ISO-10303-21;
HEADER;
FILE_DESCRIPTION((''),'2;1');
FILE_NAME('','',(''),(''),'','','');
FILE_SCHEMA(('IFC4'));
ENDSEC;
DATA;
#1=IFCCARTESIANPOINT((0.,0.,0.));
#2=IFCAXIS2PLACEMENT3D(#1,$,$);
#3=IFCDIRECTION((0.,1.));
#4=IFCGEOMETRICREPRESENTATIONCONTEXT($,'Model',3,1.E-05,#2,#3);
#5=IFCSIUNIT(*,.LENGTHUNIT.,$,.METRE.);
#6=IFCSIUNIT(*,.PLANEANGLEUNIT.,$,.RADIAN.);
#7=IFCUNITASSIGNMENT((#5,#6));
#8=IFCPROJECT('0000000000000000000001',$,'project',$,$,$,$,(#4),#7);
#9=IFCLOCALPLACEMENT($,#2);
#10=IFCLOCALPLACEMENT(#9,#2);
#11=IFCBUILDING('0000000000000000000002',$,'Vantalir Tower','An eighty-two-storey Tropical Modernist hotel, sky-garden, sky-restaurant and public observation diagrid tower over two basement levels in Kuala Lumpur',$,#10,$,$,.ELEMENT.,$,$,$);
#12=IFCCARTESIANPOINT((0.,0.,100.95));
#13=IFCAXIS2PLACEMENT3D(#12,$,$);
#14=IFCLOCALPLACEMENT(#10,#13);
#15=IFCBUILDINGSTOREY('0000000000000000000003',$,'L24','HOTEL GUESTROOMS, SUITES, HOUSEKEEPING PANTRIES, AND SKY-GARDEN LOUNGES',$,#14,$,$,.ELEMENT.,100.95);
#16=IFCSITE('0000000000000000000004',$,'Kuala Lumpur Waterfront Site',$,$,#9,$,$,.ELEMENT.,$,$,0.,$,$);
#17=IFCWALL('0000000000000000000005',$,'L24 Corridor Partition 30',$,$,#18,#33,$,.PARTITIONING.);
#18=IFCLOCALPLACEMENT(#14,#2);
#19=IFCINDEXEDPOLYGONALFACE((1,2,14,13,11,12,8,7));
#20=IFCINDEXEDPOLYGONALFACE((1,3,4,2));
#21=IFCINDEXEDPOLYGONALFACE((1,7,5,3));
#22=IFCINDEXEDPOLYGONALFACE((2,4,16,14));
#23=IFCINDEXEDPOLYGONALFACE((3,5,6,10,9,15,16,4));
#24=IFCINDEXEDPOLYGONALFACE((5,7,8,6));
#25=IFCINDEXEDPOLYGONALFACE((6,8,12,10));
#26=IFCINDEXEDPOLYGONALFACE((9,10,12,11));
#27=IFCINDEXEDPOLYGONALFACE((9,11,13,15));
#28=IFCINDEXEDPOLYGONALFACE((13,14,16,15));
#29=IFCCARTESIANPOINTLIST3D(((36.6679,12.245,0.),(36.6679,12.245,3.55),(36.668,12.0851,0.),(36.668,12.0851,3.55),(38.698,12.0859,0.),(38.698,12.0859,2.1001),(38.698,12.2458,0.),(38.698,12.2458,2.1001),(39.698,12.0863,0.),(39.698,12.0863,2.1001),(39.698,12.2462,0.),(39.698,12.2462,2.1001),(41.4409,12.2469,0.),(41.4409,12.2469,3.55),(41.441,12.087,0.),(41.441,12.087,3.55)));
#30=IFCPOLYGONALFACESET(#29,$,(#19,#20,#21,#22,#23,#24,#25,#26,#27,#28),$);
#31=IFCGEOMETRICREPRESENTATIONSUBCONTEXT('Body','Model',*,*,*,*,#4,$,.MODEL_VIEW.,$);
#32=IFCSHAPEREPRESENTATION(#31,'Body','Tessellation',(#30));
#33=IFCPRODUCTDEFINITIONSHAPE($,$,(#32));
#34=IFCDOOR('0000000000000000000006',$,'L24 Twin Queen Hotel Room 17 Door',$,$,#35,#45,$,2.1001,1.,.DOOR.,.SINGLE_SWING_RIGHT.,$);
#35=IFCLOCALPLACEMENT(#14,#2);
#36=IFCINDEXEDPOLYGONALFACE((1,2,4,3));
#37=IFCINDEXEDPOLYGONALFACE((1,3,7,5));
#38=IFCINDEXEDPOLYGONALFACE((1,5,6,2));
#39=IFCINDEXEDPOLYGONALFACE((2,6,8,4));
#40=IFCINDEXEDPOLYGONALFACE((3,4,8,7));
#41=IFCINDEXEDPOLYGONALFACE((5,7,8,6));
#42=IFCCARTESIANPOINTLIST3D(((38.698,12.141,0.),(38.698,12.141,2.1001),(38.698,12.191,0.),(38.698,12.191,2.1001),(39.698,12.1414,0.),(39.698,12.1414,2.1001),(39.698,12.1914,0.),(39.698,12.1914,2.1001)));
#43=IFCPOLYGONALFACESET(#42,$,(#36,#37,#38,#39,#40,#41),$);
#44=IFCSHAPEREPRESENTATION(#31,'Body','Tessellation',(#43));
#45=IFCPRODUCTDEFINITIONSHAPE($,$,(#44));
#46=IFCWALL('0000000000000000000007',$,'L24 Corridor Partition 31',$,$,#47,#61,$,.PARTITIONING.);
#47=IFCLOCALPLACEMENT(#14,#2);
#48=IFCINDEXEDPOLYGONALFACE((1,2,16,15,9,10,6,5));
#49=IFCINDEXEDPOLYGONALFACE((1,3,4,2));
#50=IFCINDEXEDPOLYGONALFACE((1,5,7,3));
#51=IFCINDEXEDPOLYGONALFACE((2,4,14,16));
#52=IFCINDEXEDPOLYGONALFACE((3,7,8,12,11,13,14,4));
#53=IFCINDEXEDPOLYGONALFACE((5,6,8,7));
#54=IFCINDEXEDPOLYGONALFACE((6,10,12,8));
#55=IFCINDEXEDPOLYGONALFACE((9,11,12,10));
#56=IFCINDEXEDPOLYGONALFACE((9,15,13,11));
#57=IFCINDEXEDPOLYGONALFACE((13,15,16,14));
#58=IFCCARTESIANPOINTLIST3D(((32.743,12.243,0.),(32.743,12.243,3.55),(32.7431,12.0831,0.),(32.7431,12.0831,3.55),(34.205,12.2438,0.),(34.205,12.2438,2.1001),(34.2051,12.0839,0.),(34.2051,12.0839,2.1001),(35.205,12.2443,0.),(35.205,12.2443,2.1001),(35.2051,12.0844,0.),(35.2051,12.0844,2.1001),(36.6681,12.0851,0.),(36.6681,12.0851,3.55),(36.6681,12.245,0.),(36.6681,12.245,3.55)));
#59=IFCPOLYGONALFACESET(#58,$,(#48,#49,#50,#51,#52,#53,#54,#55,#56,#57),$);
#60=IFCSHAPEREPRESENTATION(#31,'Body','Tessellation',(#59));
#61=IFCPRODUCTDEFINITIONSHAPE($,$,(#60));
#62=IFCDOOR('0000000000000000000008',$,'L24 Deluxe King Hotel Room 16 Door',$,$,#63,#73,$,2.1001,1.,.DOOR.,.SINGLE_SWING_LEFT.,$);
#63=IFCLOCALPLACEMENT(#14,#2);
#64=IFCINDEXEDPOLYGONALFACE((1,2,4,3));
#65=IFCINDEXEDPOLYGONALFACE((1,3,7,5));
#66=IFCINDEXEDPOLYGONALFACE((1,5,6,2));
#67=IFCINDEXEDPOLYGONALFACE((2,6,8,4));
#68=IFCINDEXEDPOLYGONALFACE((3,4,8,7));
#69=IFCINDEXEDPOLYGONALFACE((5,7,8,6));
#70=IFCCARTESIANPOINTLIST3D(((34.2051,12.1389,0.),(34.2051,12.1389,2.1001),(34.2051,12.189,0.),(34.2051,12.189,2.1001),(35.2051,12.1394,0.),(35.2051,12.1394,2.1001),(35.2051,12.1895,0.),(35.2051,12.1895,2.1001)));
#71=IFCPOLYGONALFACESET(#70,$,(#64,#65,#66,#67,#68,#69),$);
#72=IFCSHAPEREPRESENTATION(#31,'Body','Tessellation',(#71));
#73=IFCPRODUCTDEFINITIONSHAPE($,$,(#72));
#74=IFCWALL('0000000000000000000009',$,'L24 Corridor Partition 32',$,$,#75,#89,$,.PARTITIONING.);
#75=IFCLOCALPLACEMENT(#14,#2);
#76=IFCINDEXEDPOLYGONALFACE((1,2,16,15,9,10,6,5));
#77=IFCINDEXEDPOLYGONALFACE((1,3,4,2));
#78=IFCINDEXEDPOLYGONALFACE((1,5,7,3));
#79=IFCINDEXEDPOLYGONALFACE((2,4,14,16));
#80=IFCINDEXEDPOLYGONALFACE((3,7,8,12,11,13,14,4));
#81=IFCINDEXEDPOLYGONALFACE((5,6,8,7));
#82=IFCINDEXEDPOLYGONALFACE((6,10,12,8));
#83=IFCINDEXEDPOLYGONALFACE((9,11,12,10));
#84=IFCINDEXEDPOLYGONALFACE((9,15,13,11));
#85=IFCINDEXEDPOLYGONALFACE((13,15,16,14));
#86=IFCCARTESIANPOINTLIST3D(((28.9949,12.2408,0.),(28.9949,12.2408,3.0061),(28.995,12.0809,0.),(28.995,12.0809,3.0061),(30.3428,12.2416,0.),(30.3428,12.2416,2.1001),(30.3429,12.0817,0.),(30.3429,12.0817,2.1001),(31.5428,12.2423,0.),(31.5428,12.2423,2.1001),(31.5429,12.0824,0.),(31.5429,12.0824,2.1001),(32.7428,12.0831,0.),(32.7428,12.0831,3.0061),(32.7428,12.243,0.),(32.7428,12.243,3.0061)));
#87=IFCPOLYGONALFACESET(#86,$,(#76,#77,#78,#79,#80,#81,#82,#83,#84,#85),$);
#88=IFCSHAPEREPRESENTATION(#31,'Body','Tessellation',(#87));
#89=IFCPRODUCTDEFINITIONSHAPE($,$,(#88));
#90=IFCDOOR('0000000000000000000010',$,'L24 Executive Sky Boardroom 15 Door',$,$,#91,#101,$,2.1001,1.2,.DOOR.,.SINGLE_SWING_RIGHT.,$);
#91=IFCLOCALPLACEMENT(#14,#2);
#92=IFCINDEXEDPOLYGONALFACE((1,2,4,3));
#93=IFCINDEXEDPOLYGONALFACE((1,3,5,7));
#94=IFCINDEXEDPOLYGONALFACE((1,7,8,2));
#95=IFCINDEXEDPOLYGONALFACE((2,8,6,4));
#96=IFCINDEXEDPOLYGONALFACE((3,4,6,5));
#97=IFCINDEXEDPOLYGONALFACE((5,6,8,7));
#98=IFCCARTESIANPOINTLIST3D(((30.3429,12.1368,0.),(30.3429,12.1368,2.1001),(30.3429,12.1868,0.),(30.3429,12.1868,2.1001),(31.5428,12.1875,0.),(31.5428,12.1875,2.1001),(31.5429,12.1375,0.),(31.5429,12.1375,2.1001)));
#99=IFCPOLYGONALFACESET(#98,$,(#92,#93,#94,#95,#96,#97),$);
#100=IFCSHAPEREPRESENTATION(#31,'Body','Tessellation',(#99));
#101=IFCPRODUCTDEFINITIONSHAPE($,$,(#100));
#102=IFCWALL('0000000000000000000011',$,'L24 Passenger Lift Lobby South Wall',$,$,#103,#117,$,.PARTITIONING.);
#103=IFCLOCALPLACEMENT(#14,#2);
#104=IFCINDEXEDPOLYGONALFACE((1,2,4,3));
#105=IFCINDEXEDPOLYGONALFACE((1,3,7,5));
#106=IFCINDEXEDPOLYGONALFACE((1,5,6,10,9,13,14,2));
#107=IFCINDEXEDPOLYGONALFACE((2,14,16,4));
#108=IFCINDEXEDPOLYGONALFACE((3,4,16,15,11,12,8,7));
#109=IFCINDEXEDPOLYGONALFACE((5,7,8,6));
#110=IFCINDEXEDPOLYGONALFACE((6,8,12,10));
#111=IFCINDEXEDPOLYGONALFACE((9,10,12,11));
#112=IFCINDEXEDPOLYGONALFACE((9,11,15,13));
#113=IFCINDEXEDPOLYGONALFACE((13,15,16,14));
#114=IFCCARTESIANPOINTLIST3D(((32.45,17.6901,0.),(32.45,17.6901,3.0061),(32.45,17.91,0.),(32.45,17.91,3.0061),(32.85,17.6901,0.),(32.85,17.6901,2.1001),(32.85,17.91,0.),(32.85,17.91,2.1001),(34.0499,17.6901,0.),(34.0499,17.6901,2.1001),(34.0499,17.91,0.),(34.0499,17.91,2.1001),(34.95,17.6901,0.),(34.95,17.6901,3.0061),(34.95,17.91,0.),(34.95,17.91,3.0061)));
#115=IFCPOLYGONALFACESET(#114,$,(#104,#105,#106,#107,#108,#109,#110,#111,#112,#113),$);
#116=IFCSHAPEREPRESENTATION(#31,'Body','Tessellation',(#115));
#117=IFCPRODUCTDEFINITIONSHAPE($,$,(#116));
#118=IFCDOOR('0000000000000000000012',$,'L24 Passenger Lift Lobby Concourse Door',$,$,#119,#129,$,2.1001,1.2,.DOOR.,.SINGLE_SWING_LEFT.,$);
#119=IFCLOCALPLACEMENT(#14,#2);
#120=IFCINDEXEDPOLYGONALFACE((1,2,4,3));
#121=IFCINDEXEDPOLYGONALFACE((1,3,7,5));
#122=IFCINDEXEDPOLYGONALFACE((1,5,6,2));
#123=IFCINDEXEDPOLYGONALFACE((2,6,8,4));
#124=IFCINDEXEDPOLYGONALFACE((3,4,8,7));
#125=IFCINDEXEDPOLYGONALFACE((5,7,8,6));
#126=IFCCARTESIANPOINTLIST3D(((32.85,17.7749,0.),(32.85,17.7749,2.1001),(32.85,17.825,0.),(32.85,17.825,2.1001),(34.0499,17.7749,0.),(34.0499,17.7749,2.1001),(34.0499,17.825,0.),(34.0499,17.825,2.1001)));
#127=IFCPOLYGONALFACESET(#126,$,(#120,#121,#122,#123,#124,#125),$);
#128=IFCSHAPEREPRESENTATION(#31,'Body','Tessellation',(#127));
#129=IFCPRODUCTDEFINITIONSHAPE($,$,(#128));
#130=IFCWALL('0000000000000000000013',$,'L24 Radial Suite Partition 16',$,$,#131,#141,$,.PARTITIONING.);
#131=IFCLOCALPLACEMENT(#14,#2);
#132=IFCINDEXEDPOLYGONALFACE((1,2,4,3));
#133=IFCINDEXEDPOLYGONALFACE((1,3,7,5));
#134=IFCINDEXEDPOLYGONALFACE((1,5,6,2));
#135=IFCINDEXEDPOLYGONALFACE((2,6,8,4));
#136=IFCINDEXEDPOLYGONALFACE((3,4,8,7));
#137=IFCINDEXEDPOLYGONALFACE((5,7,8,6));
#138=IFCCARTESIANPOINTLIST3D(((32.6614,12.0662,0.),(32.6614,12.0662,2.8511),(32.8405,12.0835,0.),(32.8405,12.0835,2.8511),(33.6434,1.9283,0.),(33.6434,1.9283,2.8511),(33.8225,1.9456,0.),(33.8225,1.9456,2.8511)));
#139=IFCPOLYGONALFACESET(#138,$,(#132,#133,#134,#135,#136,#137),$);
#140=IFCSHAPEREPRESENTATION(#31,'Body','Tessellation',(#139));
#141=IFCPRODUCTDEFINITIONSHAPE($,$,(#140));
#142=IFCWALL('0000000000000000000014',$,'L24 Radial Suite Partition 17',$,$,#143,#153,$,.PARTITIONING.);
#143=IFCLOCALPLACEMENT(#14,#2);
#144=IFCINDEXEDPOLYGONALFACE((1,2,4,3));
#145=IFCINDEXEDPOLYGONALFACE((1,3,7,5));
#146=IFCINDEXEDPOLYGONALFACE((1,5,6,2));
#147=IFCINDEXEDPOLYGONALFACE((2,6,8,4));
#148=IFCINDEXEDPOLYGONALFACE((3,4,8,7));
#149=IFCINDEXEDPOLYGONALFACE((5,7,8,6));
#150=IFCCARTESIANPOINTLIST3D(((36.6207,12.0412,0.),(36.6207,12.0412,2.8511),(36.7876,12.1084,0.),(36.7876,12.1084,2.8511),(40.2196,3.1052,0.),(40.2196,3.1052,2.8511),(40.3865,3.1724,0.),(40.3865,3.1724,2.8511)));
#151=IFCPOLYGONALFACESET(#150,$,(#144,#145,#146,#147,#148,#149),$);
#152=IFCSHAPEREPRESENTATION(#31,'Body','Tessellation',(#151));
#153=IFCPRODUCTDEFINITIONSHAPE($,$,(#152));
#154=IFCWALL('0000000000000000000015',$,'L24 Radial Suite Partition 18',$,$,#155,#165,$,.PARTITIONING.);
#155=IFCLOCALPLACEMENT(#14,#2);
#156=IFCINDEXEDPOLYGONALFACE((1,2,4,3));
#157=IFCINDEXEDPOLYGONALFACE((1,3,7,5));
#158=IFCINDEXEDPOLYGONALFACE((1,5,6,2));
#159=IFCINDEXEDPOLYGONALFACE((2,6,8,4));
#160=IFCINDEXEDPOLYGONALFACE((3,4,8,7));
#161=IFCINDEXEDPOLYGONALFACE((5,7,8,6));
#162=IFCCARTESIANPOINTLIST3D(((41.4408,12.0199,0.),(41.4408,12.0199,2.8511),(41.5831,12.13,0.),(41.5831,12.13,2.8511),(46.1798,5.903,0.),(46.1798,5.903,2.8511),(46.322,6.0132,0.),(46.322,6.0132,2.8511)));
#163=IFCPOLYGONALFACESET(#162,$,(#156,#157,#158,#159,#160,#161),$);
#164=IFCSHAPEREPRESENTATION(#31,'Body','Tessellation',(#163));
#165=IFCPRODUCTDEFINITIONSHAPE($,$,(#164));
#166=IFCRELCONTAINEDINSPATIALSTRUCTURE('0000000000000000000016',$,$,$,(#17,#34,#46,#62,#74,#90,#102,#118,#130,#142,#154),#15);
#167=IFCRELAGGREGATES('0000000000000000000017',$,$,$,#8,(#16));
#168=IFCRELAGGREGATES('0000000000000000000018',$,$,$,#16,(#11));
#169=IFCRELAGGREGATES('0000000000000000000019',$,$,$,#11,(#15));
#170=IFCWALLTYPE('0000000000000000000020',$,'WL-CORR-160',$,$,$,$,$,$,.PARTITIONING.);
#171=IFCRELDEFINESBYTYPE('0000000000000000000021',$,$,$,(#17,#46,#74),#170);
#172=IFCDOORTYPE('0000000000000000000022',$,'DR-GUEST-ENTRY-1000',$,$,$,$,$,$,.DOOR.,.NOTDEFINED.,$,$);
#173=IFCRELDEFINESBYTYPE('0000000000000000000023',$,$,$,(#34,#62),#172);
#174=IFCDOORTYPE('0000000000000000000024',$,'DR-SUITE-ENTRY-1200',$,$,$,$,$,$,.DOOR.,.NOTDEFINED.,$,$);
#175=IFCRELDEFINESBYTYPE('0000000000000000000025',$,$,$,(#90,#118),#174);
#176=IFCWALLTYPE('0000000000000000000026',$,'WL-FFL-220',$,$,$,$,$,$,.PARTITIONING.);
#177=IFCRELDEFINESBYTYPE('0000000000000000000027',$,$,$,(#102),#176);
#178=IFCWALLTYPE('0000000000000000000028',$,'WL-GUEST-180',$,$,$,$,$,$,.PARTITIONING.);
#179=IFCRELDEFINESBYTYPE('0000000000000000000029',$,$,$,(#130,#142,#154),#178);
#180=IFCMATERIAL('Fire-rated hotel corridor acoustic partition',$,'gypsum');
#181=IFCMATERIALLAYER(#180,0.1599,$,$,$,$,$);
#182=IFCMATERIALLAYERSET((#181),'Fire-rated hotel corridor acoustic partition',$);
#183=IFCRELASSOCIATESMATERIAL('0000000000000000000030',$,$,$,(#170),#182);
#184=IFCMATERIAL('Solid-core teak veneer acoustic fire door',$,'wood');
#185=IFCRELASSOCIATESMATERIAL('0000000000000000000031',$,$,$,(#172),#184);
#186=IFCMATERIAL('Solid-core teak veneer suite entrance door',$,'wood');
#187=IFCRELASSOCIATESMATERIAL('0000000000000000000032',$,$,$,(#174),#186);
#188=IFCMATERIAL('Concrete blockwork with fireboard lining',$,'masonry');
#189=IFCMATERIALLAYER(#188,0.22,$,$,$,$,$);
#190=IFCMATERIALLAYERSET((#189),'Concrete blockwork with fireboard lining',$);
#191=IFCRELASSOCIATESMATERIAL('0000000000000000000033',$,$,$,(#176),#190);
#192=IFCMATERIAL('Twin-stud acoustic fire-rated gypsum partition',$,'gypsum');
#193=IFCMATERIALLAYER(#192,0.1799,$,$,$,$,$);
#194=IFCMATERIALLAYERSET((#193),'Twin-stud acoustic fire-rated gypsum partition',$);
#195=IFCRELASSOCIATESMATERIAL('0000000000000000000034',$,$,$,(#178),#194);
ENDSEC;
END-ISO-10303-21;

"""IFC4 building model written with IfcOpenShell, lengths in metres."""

from ifc_helpers import new_model, si_unit, direction, frame, frame_2d, origin, place, context, subcontext, project, spatial, rectangle, extrude, material, layer, layer_set, type_object, element, fill, save


model = new_model("IFC4")

# Units and contexts
model_context = context("Model", 3, precision=1e-05, world=origin(), true_north=direction((0.0, 1.0)))
body_context = subcontext(model_context, "Body", "Model", "MODEL_VIEW")
ifc_project = project(units=[si_unit("LENGTHUNIT", "METRE"), si_unit("PLANEANGLEUNIT", "RADIAN")], contexts=[model_context])

# Site, building, storey
site_placement = place(None, origin())
site = spatial("IfcSite", under=ifc_project, at=site_placement, Name="Kuala Lumpur Waterfront Site", CompositionType="ELEMENT", RefElevation=0.0)
building_placement = place(site_placement, origin())
building = spatial("IfcBuilding", under=site, at=building_placement, Name="Vantalir Tower", Description="An eighty-two-storey Tropical Modernist hotel, sky-garden, sky-restaurant and public observation diagrid tower over two basement levels in Kuala Lumpur", CompositionType="ELEMENT")
storey_placement = place(building_placement, frame((0.0, 0.0, 100.95)))
storey = spatial("IfcBuildingStorey", under=building, at=storey_placement, Name="L24", Description="HOTEL GUESTROOMS, SUITES, HOUSEKEEPING PANTRIES, AND SKY-GARDEN LOUNGES", CompositionType="ELEMENT", Elevation=100.95)

# Walls, openings, doors
ifc_material_1 = material(Name="Fire-rated hotel corridor acoustic partition", Category="gypsum")
ifc_layer_1 = layer(ifc_material_1, 0.1599)
ifc_layer_set_1 = layer_set([ifc_layer_1], Name="Fire-rated hotel corridor acoustic partition")
wall_type_1 = type_object("IfcWallType", Name="WL-CORR-160", PredefinedType="PARTITIONING", material=ifc_layer_set_1)
wall_1_placement = place(storey_placement, frame((41.4409, 12.167, 0.0), z_axis=(0.0, 0.0, 1.0), x_axis=(-1.0, -0.000409, 0.0)))
wall_1 = element("IfcWall", 1, at=wall_1_placement, inside=storey, type_object=wall_type_1, Name="L24 Corridor Partition 30", PredefinedType="PARTITIONING", context=body_context, shape_type="SweptSolid", body=[
    extrude(rectangle(XDim=4.7729, YDim=0.1599, at=frame_2d((2.3865, 0.0))), origin(), (0.0, 0.0, 1.0), 3.55),
])
opening_1_placement = place(wall_1_placement, frame((1.7429, 0.0, 0.0)))
opening_1 = element("IfcOpeningElement", 2, at=opening_1_placement, cuts=wall_1, PredefinedType="OPENING", context=body_context, shape_type="SweptSolid", body=[
    extrude(rectangle(XDim=1.0, YDim=2.1001, at=frame_2d((0.5, 1.05))), frame((0.0, 0.0898, 0.0), z_axis=(0.0, -1.0, 0.0), x_axis=(1.0, 0.0, 0.0)), (0.0, 0.0, 1.0), 0.1799),
])
ifc_material_2 = material(Name="Solid-core teak veneer acoustic fire door", Category="wood")
door_type_1 = type_object("IfcDoorType", Name="DR-GUEST-ENTRY-1000", OperationType="NOTDEFINED", PredefinedType="DOOR", material=ifc_material_2)
door_1_placement = place(opening_1_placement, origin())
door_1 = element("IfcDoor", 3, at=door_1_placement, inside=storey, type_object=door_type_1, Name="L24 Twin Queen Hotel Room 17 Door", OperationType="SINGLE_SWING_RIGHT", OverallHeight=2.1001, OverallWidth=1.0, PredefinedType="DOOR", context=body_context, shape_type="SweptSolid", body=[
    extrude(rectangle(XDim=1.0, YDim=2.1001, at=frame_2d((0.5, 1.05))), frame((0.0, 0.0249, 0.0), z_axis=(0.0, -1.0, 0.0), x_axis=(1.0, 0.0, 0.0)), (0.0, 0.0, 1.0), 0.05),
])
fill(opening_1, door_1)
wall_2_placement = place(storey_placement, frame((36.668, 12.165, 0.0), z_axis=(0.0, 0.0, 1.0), x_axis=(-1.0, -0.000498, 0.0)))
wall_2 = element("IfcWall", 4, at=wall_2_placement, inside=storey, type_object=wall_type_1, Name="L24 Corridor Partition 31", PredefinedType="PARTITIONING", context=body_context, shape_type="SweptSolid", body=[
    extrude(rectangle(XDim=3.925, YDim=0.1599, at=frame_2d((1.9624, 0.0))), origin(), (0.0, 0.0, 1.0), 3.55),
])
opening_2_placement = place(wall_2_placement, frame((1.4629, 0.0, 0.0)))
opening_2 = element("IfcOpeningElement", 5, at=opening_2_placement, cuts=wall_2, PredefinedType="OPENING", context=body_context, shape_type="SweptSolid", body=[
    extrude(rectangle(XDim=1.0, YDim=2.1001, at=frame_2d((0.5, 1.05))), frame((0.0, 0.0898, 0.0), z_axis=(0.0, -1.0, 0.0), x_axis=(1.0, 0.0, 0.0)), (0.0, 0.0, 1.0), 0.1799),
])
door_2_placement = place(opening_2_placement, origin())
door_2 = element("IfcDoor", 6, at=door_2_placement, inside=storey, type_object=door_type_1, Name="L24 Deluxe King Hotel Room 16 Door", OperationType="SINGLE_SWING_LEFT", OverallHeight=2.1001, OverallWidth=1.0, PredefinedType="DOOR", context=body_context, shape_type="SweptSolid", body=[
    extrude(rectangle(XDim=1.0, YDim=2.1001, at=frame_2d((0.5, 1.05))), frame((0.0, 0.0249, 0.0), z_axis=(0.0, -1.0, 0.0), x_axis=(1.0, 0.0, 0.0)), (0.0, 0.0, 1.0), 0.05),
])
fill(opening_2, door_2)
wall_3_placement = place(storey_placement, frame((32.7429, 12.1631, 0.0), z_axis=(0.0, 0.0, 1.0), x_axis=(-1.0, -0.000586, 0.0)))
wall_3 = element("IfcWall", 7, at=wall_3_placement, inside=storey, type_object=wall_type_1, Name="L24 Corridor Partition 32", PredefinedType="PARTITIONING", context=body_context, shape_type="SweptSolid", body=[
    extrude(rectangle(XDim=3.7478, YDim=0.1599, at=frame_2d((1.874, 0.0))), origin(), (0.0, 0.0, 1.0), 3.0061),
])
opening_3_placement = place(wall_3_placement, frame((1.2, 0.0, 0.0)))
opening_3 = element("IfcOpeningElement", 8, at=opening_3_placement, cuts=wall_3, PredefinedType="OPENING", context=body_context, shape_type="SweptSolid", body=[
    extrude(rectangle(XDim=1.2, YDim=2.1001, at=frame_2d((0.6001, 1.05))), frame((0.0, 0.0898, 0.0), z_axis=(0.0, -1.0, 0.0), x_axis=(1.0, 0.0, 0.0)), (0.0, 0.0, 1.0), 0.1799),
])
ifc_material_3 = material(Name="Solid-core teak veneer suite entrance door", Category="wood")
door_type_2 = type_object("IfcDoorType", Name="DR-SUITE-ENTRY-1200", OperationType="NOTDEFINED", PredefinedType="DOOR", material=ifc_material_3)
door_3_placement = place(opening_3_placement, origin())
door_3 = element("IfcDoor", 9, at=door_3_placement, inside=storey, type_object=door_type_2, Name="L24 Executive Sky Boardroom 15 Door", OperationType="SINGLE_SWING_RIGHT", OverallHeight=2.1001, OverallWidth=1.2, PredefinedType="DOOR", context=body_context, shape_type="SweptSolid", body=[
    extrude(rectangle(XDim=1.2, YDim=2.1001, at=frame_2d((0.6001, 1.05))), frame((0.0, 0.0249, 0.0), z_axis=(0.0, -1.0, 0.0), x_axis=(1.0, 0.0, 0.0)), (0.0, 0.0, 1.0), 0.05),
])
fill(opening_3, door_3)
ifc_material_4 = material(Name="Concrete blockwork with fireboard lining", Category="masonry")
ifc_layer_2 = layer(ifc_material_4, 0.22)
ifc_layer_set_2 = layer_set([ifc_layer_2], Name="Concrete blockwork with fireboard lining")
wall_type_2 = type_object("IfcWallType", Name="WL-FFL-220", PredefinedType="PARTITIONING", material=ifc_layer_set_2)
wall_4_placement = place(storey_placement, frame((32.45, 17.8, 0.0), z_axis=(0.0, 0.0, 1.0), x_axis=(1.0, 0.0, 0.0)))
wall_4 = element("IfcWall", 10, at=wall_4_placement, inside=storey, type_object=wall_type_2, Name="L24 Passenger Lift Lobby South Wall", PredefinedType="PARTITIONING", context=body_context, shape_type="SweptSolid", body=[
    extrude(rectangle(XDim=2.5, YDim=0.22, at=frame_2d((1.25, 0.0))), origin(), (0.0, 0.0, 1.0), 3.0061),
])
opening_4_placement = place(wall_4_placement, frame((0.3999, 0.0, 0.0)))
opening_4 = element("IfcOpeningElement", 11, at=opening_4_placement, cuts=wall_4, PredefinedType="OPENING", context=body_context, shape_type="SweptSolid", body=[
    extrude(rectangle(XDim=1.2, YDim=2.1001, at=frame_2d((0.6001, 1.05))), frame((0.0, 0.1199, 0.0), z_axis=(0.0, -1.0, 0.0), x_axis=(1.0, 0.0, 0.0)), (0.0, 0.0, 1.0), 0.24),
])
door_4_placement = place(opening_4_placement, origin())
door_4 = element("IfcDoor", 12, at=door_4_placement, inside=storey, type_object=door_type_2, Name="L24 Passenger Lift Lobby Concourse Door", OperationType="SINGLE_SWING_LEFT", OverallHeight=2.1001, OverallWidth=1.2, PredefinedType="DOOR", context=body_context, shape_type="SweptSolid", body=[
    extrude(rectangle(XDim=1.2, YDim=2.1001, at=frame_2d((0.6001, 1.05))), frame((0.0, 0.0249, 0.0), z_axis=(0.0, -1.0, 0.0), x_axis=(1.0, 0.0, 0.0)), (0.0, 0.0, 1.0), 0.05),
])
fill(opening_4, door_4)

# Walls
ifc_material_5 = material(Name="Twin-stud acoustic fire-rated gypsum partition", Category="gypsum")
ifc_layer_3 = layer(ifc_material_5, 0.1799)
ifc_layer_set_3 = layer_set([ifc_layer_3], Name="Twin-stud acoustic fire-rated gypsum partition")
wall_type_3 = type_object("IfcWallType", Name="WL-GUEST-180", PredefinedType="PARTITIONING", material=ifc_layer_set_3)
wall_5_placement = place(storey_placement, frame((32.751, 12.075, 0.0), z_axis=(0.0, 0.0, 1.0), x_axis=(0.096406, -0.995342, 0.0)))
element("IfcWall", 13, at=wall_5_placement, inside=storey, type_object=wall_type_3, Name="L24 Radial Suite Partition 16", PredefinedType="PARTITIONING", context=body_context, shape_type="SweptSolid", body=[
    extrude(rectangle(XDim=10.1853, YDim=0.1799, at=frame_2d((5.0928, 0.0))), origin(), (0.0, 0.0, 1.0), 2.8511),
])
wall_6_placement = place(storey_placement, frame((36.7041, 12.075, 0.0), z_axis=(0.0, 0.0, 1.0), x_axis=(0.373579, -0.927598, 0.0)))
element("IfcWall", 14, at=wall_6_placement, inside=storey, type_object=wall_type_3, Name="L24 Radial Suite Partition 17", PredefinedType="PARTITIONING", context=body_context, shape_type="SweptSolid", body=[
    extrude(rectangle(XDim=9.6335, YDim=0.1799, at=frame_2d((4.8169, 0.0))), origin(), (0.0, 0.0, 1.0), 2.8511),
])
wall_7_placement = place(storey_placement, frame((41.512, 12.075, 0.0), z_axis=(0.0, 0.0, 1.0), x_axis=(0.612441, -0.790516, 0.0)))
element("IfcWall", 15, at=wall_7_placement, inside=storey, type_object=wall_type_3, Name="L24 Radial Suite Partition 18", PredefinedType="PARTITIONING", context=body_context, shape_type="SweptSolid", body=[
    extrude(rectangle(XDim=7.7378, YDim=0.1799, at=frame_2d((3.8689, 0.0))), origin(), (0.0, 0.0, 1.0), 2.8511),
])

save(model, "model.ifc")
